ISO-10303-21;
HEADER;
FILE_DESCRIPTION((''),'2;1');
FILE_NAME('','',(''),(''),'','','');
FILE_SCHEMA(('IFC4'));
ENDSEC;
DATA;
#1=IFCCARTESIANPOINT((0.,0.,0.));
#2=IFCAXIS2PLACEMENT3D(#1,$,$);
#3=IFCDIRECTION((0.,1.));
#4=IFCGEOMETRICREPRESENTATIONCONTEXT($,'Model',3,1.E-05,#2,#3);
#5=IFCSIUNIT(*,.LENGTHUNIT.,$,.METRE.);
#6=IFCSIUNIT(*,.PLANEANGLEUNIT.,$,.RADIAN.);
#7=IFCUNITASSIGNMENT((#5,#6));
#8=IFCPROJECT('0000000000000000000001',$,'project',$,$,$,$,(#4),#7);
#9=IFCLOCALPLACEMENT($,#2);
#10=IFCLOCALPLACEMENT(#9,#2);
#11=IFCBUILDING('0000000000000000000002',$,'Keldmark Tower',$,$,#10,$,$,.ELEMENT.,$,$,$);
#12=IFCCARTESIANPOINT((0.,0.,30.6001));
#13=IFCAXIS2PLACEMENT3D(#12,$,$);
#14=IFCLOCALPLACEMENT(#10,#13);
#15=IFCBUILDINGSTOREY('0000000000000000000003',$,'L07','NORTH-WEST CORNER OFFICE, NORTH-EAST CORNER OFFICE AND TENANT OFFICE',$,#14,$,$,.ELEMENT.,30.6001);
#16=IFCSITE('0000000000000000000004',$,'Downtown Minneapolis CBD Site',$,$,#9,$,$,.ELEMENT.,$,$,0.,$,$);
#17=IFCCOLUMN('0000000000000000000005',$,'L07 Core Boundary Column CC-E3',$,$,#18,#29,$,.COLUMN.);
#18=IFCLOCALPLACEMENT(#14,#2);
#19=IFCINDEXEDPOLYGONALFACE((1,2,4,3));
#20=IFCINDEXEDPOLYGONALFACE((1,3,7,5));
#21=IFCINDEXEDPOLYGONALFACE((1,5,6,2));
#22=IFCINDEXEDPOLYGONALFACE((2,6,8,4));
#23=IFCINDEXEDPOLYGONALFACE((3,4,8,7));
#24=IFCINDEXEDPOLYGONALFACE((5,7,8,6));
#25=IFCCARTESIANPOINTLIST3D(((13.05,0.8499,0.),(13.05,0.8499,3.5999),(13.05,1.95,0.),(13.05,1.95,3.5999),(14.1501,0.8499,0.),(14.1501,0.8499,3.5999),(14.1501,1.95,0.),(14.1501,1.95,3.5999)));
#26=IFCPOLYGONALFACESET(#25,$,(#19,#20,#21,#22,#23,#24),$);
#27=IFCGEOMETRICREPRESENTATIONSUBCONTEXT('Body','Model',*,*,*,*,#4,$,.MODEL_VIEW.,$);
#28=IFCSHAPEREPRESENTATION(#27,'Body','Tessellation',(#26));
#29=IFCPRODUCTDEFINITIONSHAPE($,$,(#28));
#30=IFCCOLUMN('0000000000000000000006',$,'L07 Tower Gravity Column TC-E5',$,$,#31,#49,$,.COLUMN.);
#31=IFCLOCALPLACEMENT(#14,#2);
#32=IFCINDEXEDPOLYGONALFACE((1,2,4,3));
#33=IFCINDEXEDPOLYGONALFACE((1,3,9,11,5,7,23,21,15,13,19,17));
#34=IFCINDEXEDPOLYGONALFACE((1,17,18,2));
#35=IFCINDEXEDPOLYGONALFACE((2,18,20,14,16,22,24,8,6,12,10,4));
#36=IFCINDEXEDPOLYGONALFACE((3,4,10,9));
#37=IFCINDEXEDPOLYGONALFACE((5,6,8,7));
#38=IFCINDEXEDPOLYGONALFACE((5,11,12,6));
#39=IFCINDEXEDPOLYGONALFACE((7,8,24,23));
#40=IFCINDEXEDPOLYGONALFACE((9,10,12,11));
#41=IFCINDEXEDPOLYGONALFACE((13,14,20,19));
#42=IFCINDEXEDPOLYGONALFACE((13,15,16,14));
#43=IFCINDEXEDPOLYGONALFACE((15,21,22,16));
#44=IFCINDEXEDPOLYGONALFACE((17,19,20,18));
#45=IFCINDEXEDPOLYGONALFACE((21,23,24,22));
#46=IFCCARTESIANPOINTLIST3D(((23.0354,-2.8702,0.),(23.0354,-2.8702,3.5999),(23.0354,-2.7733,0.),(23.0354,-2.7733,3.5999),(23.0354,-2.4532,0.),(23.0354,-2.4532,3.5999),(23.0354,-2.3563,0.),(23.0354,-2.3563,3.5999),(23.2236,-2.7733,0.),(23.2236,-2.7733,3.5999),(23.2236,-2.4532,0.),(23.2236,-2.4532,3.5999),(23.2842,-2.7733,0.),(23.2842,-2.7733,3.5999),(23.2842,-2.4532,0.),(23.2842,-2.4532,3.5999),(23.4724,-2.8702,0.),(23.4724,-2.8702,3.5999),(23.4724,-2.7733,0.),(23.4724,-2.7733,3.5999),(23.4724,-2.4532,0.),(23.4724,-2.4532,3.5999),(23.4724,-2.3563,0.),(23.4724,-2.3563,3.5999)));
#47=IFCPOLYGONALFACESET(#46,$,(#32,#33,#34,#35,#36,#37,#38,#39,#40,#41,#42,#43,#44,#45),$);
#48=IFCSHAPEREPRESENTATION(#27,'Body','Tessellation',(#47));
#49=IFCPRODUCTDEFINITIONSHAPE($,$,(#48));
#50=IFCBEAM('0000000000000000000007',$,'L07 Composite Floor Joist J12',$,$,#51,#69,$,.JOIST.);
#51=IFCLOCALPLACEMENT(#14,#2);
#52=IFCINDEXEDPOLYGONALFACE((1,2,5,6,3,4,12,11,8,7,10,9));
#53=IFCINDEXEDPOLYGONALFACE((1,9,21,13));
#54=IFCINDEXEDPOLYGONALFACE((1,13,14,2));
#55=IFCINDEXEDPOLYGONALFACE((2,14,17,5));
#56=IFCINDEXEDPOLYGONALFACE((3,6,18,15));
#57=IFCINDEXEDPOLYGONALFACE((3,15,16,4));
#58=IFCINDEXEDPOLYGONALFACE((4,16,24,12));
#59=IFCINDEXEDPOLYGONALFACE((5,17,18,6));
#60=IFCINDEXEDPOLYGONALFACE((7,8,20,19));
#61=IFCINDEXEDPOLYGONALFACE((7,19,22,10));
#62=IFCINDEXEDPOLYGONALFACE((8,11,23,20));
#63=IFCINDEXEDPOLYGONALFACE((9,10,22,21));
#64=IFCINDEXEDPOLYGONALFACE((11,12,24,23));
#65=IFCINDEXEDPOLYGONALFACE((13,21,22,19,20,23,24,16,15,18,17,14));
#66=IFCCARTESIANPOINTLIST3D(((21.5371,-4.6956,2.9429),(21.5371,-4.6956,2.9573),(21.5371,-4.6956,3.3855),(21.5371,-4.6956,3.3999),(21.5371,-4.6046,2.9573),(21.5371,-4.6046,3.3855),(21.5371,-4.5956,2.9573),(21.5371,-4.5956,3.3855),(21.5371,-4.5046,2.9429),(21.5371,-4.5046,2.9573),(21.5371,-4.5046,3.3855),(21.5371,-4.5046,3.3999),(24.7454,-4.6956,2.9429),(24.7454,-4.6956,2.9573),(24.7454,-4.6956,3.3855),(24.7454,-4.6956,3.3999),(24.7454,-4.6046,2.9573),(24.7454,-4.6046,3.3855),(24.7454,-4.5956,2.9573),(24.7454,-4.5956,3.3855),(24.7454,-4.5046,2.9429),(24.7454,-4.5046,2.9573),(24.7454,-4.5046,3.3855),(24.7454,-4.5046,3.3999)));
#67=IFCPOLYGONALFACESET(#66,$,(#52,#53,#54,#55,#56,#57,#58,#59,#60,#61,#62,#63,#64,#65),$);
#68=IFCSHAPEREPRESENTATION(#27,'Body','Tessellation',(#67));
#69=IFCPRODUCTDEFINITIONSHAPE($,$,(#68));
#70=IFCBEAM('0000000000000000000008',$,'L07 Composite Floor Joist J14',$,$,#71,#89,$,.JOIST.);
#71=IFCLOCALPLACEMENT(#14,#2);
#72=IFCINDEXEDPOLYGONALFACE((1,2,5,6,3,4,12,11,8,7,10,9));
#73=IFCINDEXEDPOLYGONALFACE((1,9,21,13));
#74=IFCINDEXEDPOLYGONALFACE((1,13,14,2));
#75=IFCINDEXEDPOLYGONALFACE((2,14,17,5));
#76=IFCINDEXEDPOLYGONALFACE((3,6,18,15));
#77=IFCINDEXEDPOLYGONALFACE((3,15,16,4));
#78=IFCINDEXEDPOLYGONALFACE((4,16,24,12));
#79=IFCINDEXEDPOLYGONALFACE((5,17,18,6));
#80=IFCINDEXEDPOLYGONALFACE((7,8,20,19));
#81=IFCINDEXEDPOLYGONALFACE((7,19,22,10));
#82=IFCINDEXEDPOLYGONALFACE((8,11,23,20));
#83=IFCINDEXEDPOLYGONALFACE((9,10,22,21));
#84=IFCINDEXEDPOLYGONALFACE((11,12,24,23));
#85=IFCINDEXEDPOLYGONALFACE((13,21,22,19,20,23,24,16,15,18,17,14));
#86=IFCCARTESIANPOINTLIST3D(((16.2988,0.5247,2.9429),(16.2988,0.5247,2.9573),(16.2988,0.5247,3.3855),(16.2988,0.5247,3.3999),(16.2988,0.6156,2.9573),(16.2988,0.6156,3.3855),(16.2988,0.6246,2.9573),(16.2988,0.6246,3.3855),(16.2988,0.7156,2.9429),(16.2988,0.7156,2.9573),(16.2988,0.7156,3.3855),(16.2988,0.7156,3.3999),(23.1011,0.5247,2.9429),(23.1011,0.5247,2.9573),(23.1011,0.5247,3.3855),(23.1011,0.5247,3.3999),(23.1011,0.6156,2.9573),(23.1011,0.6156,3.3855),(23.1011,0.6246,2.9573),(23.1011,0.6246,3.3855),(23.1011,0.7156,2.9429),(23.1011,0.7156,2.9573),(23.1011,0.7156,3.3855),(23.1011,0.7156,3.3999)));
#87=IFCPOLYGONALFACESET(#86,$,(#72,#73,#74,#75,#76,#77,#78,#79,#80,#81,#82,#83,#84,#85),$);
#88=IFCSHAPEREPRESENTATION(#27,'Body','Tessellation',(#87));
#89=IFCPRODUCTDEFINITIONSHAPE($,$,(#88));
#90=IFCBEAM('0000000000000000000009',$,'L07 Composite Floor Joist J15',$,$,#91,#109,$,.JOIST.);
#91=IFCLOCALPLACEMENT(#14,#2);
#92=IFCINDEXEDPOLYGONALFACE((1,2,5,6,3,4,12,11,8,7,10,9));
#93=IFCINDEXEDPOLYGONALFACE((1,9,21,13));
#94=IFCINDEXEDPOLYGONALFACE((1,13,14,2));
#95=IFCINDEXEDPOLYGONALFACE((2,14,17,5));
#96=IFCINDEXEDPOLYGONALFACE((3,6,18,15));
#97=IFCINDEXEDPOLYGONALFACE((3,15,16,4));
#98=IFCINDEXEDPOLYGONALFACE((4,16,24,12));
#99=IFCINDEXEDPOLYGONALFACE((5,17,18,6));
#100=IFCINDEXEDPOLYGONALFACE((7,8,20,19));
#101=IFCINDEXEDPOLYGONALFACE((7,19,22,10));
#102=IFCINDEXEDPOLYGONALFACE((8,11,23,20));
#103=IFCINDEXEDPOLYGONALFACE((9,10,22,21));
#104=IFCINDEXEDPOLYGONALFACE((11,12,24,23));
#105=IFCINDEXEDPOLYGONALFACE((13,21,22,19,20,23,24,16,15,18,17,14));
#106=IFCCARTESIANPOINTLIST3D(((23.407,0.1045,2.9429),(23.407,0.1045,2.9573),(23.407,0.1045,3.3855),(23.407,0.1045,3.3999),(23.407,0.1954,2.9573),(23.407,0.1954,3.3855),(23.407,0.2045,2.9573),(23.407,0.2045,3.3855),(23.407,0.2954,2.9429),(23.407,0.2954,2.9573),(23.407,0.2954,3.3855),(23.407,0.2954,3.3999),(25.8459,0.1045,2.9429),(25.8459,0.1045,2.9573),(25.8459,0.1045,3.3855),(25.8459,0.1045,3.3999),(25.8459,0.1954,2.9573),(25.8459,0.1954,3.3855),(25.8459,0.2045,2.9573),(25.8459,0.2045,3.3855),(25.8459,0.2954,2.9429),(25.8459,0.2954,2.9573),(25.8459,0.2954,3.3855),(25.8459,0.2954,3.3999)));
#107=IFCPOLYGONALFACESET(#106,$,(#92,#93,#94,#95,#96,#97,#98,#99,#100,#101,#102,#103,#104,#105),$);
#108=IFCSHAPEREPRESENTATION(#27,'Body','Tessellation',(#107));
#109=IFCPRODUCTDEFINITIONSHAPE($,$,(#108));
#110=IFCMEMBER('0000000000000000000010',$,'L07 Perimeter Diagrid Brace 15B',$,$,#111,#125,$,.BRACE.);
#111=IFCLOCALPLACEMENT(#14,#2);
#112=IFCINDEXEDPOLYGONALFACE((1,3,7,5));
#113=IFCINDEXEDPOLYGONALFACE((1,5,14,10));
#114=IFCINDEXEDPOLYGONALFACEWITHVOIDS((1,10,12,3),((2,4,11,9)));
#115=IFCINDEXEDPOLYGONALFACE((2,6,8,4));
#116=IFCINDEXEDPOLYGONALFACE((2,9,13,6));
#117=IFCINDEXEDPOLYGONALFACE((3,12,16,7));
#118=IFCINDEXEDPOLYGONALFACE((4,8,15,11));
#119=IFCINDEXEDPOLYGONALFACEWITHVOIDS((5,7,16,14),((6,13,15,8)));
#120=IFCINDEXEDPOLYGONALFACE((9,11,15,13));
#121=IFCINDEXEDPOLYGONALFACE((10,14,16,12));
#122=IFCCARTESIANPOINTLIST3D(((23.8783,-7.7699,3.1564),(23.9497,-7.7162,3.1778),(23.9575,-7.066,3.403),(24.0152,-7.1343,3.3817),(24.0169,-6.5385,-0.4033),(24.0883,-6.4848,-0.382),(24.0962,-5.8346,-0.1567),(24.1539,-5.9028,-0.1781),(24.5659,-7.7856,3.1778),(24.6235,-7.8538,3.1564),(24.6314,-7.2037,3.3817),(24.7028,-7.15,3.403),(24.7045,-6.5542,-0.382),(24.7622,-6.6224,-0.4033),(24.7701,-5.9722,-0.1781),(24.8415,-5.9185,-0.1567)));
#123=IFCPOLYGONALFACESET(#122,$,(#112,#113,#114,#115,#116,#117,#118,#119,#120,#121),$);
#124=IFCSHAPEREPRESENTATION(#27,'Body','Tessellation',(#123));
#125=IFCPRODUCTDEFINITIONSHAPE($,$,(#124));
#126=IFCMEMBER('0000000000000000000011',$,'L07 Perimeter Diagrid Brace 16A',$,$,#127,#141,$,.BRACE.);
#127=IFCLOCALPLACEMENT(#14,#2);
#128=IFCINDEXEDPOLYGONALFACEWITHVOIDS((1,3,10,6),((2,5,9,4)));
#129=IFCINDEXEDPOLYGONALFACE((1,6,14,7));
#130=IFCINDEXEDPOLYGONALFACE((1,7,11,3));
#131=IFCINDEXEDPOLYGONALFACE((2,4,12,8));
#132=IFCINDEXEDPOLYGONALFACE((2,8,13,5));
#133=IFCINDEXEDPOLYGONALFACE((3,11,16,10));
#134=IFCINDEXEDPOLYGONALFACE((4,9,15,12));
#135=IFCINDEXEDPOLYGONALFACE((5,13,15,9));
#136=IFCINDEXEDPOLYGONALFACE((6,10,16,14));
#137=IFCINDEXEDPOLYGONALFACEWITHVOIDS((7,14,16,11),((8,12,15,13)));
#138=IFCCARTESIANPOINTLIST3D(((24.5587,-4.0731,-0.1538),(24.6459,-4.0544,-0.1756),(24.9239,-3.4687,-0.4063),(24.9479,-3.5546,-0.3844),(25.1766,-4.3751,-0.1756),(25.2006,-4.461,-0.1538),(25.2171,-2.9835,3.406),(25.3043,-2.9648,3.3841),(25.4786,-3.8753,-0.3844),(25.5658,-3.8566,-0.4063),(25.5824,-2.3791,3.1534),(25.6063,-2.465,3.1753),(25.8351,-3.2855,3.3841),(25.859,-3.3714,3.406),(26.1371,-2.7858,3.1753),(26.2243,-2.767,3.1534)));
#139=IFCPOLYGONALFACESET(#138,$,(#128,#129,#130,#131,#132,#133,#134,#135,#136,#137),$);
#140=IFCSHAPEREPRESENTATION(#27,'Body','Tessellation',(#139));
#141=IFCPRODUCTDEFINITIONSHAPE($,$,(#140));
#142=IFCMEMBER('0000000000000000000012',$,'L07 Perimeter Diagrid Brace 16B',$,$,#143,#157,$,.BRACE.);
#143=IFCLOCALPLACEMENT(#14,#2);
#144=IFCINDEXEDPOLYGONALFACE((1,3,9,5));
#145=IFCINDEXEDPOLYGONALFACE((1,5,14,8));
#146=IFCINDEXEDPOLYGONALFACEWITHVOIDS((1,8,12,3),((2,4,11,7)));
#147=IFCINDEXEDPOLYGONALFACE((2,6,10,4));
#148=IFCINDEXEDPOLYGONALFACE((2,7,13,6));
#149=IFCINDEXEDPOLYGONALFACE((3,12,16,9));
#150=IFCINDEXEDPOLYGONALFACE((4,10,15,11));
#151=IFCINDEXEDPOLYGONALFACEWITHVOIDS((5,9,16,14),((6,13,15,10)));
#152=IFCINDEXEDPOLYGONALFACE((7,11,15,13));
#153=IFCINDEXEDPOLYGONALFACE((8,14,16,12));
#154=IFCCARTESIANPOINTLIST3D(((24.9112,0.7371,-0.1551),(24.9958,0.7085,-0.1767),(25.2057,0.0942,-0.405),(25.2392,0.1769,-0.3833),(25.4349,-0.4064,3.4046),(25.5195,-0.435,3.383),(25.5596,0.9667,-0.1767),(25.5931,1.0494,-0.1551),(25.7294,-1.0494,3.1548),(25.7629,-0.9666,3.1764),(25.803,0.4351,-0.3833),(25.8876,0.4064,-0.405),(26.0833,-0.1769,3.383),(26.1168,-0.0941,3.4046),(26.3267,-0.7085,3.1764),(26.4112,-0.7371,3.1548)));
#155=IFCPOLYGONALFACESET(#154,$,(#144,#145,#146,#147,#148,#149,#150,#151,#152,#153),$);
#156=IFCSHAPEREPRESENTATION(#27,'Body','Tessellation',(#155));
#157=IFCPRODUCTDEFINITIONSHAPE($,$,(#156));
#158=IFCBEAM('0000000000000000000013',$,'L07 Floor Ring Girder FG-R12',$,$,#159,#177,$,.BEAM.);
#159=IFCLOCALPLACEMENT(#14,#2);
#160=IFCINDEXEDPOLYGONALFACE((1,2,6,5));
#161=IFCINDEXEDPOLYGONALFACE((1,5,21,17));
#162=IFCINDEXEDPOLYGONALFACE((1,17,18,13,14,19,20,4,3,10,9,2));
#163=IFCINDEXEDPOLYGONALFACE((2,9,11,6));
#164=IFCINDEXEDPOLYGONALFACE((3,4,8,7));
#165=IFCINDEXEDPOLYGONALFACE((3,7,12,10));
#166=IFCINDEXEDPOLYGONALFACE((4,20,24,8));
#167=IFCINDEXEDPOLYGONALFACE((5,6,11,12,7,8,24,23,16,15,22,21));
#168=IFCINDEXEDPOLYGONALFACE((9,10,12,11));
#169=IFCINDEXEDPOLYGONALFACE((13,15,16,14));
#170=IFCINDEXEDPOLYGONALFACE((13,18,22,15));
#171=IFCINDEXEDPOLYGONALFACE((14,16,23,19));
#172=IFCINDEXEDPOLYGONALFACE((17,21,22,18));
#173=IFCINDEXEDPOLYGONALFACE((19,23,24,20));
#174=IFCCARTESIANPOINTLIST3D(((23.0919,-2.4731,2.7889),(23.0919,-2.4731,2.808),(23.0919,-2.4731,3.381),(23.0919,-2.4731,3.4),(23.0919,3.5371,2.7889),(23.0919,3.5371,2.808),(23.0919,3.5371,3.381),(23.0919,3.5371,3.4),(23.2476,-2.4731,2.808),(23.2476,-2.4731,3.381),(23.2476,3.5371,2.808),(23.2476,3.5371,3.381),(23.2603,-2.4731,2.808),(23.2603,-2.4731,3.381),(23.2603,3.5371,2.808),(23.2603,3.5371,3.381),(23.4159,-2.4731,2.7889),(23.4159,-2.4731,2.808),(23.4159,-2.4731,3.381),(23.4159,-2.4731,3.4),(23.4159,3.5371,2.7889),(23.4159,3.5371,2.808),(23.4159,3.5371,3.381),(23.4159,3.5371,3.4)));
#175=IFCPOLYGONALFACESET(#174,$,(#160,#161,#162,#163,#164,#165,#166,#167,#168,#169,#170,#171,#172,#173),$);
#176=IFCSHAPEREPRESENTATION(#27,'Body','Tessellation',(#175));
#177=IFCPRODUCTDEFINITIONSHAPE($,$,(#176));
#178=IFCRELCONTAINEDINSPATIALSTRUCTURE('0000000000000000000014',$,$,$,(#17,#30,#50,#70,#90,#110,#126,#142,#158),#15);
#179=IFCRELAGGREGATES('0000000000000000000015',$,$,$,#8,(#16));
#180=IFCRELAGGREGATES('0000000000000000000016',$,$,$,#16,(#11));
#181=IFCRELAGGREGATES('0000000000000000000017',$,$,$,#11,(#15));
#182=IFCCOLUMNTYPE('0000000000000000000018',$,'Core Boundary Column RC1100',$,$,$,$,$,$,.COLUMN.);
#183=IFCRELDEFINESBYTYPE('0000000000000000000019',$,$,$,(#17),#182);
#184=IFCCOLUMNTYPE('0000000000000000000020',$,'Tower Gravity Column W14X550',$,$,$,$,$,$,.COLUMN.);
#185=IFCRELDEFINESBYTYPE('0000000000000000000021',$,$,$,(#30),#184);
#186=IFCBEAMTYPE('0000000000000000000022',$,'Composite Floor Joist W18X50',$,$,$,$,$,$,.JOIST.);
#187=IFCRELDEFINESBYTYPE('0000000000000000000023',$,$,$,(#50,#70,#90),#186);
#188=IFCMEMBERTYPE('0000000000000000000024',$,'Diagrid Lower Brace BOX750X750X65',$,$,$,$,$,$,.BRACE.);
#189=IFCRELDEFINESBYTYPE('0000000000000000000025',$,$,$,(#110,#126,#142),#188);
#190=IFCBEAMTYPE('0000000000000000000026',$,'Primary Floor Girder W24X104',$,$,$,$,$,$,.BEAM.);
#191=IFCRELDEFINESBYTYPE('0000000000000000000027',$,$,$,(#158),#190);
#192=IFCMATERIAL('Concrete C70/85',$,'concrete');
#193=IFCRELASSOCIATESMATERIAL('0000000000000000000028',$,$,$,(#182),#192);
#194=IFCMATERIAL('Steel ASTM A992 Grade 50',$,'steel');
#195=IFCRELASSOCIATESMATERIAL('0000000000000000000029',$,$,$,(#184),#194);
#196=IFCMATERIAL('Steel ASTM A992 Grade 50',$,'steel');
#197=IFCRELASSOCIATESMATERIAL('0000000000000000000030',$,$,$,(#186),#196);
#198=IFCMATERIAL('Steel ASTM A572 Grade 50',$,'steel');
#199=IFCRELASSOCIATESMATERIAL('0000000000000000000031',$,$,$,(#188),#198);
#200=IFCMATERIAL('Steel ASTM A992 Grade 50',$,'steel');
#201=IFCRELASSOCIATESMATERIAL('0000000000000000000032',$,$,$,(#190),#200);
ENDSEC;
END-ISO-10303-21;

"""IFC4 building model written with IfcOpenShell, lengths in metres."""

from ifc_helpers import new_model, si_unit, direction, frame, origin, origin_2d, place, context, subcontext, project, spatial, rectangle, hollow_rectangle, i_section, extrude, material, material_profile, profile_set, type_object, element, save


model = new_model("IFC4")

# Units and contexts
model_context = context("Model", 3, precision=1e-05, world=origin(), true_north=direction((0.0, 1.0)))
body_context = subcontext(model_context, "Body", "Model", "MODEL_VIEW")
ifc_project = project(units=[si_unit("LENGTHUNIT", "METRE"), si_unit("PLANEANGLEUNIT", "RADIAN")], contexts=[model_context])

# Site, building, storey
site_placement = place(None, origin())
site = spatial("IfcSite", under=ifc_project, at=site_placement, Name="Downtown Minneapolis CBD Site", CompositionType="ELEMENT", RefElevation=0.0)
building_placement = place(site_placement, origin())
building = spatial("IfcBuilding", under=site, at=building_placement, Name="Keldmark Tower", CompositionType="ELEMENT")
storey_placement = place(building_placement, frame((0.0, 0.0, 30.6001)))
storey = spatial("IfcBuildingStorey", under=building, at=storey_placement, Name="L07", Description="NORTH-WEST CORNER OFFICE, NORTH-EAST CORNER OFFICE AND TENANT OFFICE", CompositionType="ELEMENT", Elevation=30.6001)

# Columns
ifc_material_1 = material(Name="Concrete C70/85", Category="concrete")
ifc_material_profile_1 = material_profile(ifc_material_1, rectangle(XDim=1.1001, YDim=1.1001, at=origin_2d()), Name="RC1100X1100")
ifc_profile_set_1 = profile_set([ifc_material_profile_1], Name="Concrete C70/85")
column_type_1 = type_object("IfcColumnType", Name="Core Boundary Column RC1100", PredefinedType="COLUMN", material=ifc_profile_set_1)
column_1_placement = place(storey_placement, frame((13.6001, 1.3999, 0.0), z_axis=(0.0, 0.0, 1.0), x_axis=(1.0, 0.0, 0.0)))
element("IfcColumn", 1, at=column_1_placement, inside=storey, type_object=column_type_1, Name="L07 Core Boundary Column CC-E3", PredefinedType="COLUMN", context=body_context, shape_type="SweptSolid", body=[
    extrude(rectangle(XDim=1.1001, YDim=1.1001, at=origin_2d()), origin(), (0.0, 0.0, 1.0), 3.5999),
])
ifc_material_2 = material(Name="Steel ASTM A992 Grade 50", Category="steel")
ifc_material_profile_2 = material_profile(ifc_material_2, i_section(OverallWidth=0.437, OverallDepth=0.5139, WebThickness=0.0605, FlangeThickness=0.0969, at=origin_2d()), Name="W14X550")
ifc_profile_set_2 = profile_set([ifc_material_profile_2], Name="Steel ASTM A992 Grade 50")
column_type_2 = type_object("IfcColumnType", Name="Tower Gravity Column W14X550", PredefinedType="COLUMN", material=ifc_profile_set_2)
column_2_placement = place(storey_placement, frame((23.2539, -2.6133, 0.0), z_axis=(0.0, 0.0, 1.0), x_axis=(1.0, 0.0, 0.0)))
element("IfcColumn", 2, at=column_2_placement, inside=storey, type_object=column_type_2, Name="L07 Tower Gravity Column TC-E5", PredefinedType="COLUMN", context=body_context, shape_type="SweptSolid", body=[
    extrude(i_section(OverallWidth=0.437, OverallDepth=0.5139, WebThickness=0.0605, FlangeThickness=0.0969, at=origin_2d()), origin(), (0.0, 0.0, 1.0), 3.5999),
])

# Beams
ifc_material_3 = material(Name="Steel ASTM A992 Grade 50", Category="steel")
ifc_material_profile_3 = material_profile(ifc_material_3, i_section(OverallWidth=0.1909, OverallDepth=0.457, WebThickness=0.009, FlangeThickness=0.0144, at=origin_2d()), Name="W18X50")
ifc_profile_set_3 = profile_set([ifc_material_profile_3], Name="Steel ASTM A992 Grade 50")
beam_type_1 = type_object("IfcBeamType", Name="Composite Floor Joist W18X50", PredefinedType="JOIST", material=ifc_profile_set_3)
beam_1_placement = place(storey_placement, frame((21.5371, -4.6001, 3.1714), z_axis=(1.0, 0.0, 0.0), x_axis=(0.0, 1.0, 0.0)))
element("IfcBeam", 3, at=beam_1_placement, inside=storey, type_object=beam_type_1, Name="L07 Composite Floor Joist J12", PredefinedType="JOIST", context=body_context, shape_type="SweptSolid", body=[
    extrude(i_section(OverallWidth=0.1909, OverallDepth=0.457, WebThickness=0.009, FlangeThickness=0.0144, at=origin_2d()), origin(), (0.0, 0.0, 1.0), 3.2083),
])
beam_2_placement = place(storey_placement, frame((16.2988, 0.6201, 3.1714), z_axis=(1.0, 0.0, 0.0), x_axis=(0.0, 1.0, 0.0)))
element("IfcBeam", 4, at=beam_2_placement, inside=storey, type_object=beam_type_1, Name="L07 Composite Floor Joist J14", PredefinedType="JOIST", context=body_context, shape_type="SweptSolid", body=[
    extrude(i_section(OverallWidth=0.1909, OverallDepth=0.457, WebThickness=0.009, FlangeThickness=0.0144, at=origin_2d()), origin(), (0.0, 0.0, 1.0), 6.8022),
])
beam_3_placement = place(storey_placement, frame((23.407, 0.2, 3.1714), z_axis=(1.0, 0.0, 0.0), x_axis=(0.0, 1.0, 0.0)))
element("IfcBeam", 5, at=beam_3_placement, inside=storey, type_object=beam_type_1, Name="L07 Composite Floor Joist J15", PredefinedType="JOIST", context=body_context, shape_type="SweptSolid", body=[
    extrude(i_section(OverallWidth=0.1909, OverallDepth=0.457, WebThickness=0.009, FlangeThickness=0.0144, at=origin_2d()), origin(), (0.0, 0.0, 1.0), 2.439),
])

# Members
ifc_material_4 = material(Name="Steel ASTM A572 Grade 50", Category="steel")
ifc_material_profile_4 = material_profile(ifc_material_4, hollow_rectangle(XDim=0.75, YDim=0.75, WallThickness=0.0649, at=origin_2d()), Name="BOX750X750X65")
ifc_profile_set_4 = profile_set([ifc_material_profile_4], Name="Steel ASTM A572 Grade 50")
member_type = type_object("IfcMemberType", Name="Diagrid Lower Brace BOX750X750X65", PredefinedType="BRACE", material=ifc_profile_set_4)
member_1_placement = place(storey_placement, frame((24.4292, -6.2285, -0.28), z_axis=(-0.036789, -0.3267, 0.944412), x_axis=(0.993719, -0.111902, 0.0)))
element("IfcMember", 6, at=member_1_placement, inside=storey, type_object=member_type, Name="L07 Perimeter Diagrid Brace 15B", PredefinedType="BRACE", context=body_context, shape_type="SweptSolid", body=[
    extrude(hollow_rectangle(XDim=0.75, YDim=0.75, WallThickness=0.0649, at=origin_2d()), origin(), (0.0, 0.0, 1.0), 3.7693),
])
member_2_placement = place(storey_placement, frame((25.0623, -3.9648, -0.28), z_axis=(0.174164, 0.288207, 0.941596), x_axis=(-0.855864, 0.517201, 0.0)))
element("IfcMember", 7, at=member_2_placement, inside=storey, type_object=member_type, Name="L07 Perimeter Diagrid Brace 16A", PredefinedType="BRACE", context=body_context, shape_type="SweptSolid", body=[
    extrude(hollow_rectangle(XDim=0.75, YDim=0.75, WallThickness=0.0649, at=origin_2d()), origin(), (0.0, 0.0, 1.0), 3.7805),
])
member_3_placement = place(storey_placement, frame((25.3994, 0.5718, -0.28), z_axis=(0.138706, -0.30289, 0.942878), x_axis=(0.9092, 0.416361, 0.0)))
element("IfcMember", 8, at=member_3_placement, inside=storey, type_object=member_type, Name="L07 Perimeter Diagrid Brace 16B", PredefinedType="BRACE", context=body_context, shape_type="SweptSolid", body=[
    extrude(hollow_rectangle(XDim=0.75, YDim=0.75, WallThickness=0.0649, at=origin_2d()), origin(), (0.0, 0.0, 1.0), 3.7754),
])

# Beam
ifc_material_5 = material(Name="Steel ASTM A992 Grade 50", Category="steel")
ifc_material_profile_5 = material_profile(ifc_material_5, i_section(OverallWidth=0.324, OverallDepth=0.6111, WebThickness=0.0127, FlangeThickness=0.019, at=origin_2d()), Name="W24X104")
ifc_profile_set_5 = profile_set([ifc_material_profile_5], Name="Steel ASTM A992 Grade 50")
beam_type_2 = type_object("IfcBeamType", Name="Primary Floor Girder W24X104", PredefinedType="BEAM", material=ifc_profile_set_5)
beam_4_placement = place(storey_placement, frame((23.2539, -2.4731, 3.0945), z_axis=(0.0, 1.0, 0.0), x_axis=(-1.0, 0.0, 0.0)))
element("IfcBeam", 9, at=beam_4_placement, inside=storey, type_object=beam_type_2, Name="L07 Floor Ring Girder FG-R12", PredefinedType="BEAM", context=body_context, shape_type="SweptSolid", body=[
    extrude(i_section(OverallWidth=0.324, OverallDepth=0.6111, WebThickness=0.0127, FlangeThickness=0.019, at=origin_2d()), origin(), (0.0, 0.0, 1.0), 6.0103),
])

save(model, "model.ifc")
